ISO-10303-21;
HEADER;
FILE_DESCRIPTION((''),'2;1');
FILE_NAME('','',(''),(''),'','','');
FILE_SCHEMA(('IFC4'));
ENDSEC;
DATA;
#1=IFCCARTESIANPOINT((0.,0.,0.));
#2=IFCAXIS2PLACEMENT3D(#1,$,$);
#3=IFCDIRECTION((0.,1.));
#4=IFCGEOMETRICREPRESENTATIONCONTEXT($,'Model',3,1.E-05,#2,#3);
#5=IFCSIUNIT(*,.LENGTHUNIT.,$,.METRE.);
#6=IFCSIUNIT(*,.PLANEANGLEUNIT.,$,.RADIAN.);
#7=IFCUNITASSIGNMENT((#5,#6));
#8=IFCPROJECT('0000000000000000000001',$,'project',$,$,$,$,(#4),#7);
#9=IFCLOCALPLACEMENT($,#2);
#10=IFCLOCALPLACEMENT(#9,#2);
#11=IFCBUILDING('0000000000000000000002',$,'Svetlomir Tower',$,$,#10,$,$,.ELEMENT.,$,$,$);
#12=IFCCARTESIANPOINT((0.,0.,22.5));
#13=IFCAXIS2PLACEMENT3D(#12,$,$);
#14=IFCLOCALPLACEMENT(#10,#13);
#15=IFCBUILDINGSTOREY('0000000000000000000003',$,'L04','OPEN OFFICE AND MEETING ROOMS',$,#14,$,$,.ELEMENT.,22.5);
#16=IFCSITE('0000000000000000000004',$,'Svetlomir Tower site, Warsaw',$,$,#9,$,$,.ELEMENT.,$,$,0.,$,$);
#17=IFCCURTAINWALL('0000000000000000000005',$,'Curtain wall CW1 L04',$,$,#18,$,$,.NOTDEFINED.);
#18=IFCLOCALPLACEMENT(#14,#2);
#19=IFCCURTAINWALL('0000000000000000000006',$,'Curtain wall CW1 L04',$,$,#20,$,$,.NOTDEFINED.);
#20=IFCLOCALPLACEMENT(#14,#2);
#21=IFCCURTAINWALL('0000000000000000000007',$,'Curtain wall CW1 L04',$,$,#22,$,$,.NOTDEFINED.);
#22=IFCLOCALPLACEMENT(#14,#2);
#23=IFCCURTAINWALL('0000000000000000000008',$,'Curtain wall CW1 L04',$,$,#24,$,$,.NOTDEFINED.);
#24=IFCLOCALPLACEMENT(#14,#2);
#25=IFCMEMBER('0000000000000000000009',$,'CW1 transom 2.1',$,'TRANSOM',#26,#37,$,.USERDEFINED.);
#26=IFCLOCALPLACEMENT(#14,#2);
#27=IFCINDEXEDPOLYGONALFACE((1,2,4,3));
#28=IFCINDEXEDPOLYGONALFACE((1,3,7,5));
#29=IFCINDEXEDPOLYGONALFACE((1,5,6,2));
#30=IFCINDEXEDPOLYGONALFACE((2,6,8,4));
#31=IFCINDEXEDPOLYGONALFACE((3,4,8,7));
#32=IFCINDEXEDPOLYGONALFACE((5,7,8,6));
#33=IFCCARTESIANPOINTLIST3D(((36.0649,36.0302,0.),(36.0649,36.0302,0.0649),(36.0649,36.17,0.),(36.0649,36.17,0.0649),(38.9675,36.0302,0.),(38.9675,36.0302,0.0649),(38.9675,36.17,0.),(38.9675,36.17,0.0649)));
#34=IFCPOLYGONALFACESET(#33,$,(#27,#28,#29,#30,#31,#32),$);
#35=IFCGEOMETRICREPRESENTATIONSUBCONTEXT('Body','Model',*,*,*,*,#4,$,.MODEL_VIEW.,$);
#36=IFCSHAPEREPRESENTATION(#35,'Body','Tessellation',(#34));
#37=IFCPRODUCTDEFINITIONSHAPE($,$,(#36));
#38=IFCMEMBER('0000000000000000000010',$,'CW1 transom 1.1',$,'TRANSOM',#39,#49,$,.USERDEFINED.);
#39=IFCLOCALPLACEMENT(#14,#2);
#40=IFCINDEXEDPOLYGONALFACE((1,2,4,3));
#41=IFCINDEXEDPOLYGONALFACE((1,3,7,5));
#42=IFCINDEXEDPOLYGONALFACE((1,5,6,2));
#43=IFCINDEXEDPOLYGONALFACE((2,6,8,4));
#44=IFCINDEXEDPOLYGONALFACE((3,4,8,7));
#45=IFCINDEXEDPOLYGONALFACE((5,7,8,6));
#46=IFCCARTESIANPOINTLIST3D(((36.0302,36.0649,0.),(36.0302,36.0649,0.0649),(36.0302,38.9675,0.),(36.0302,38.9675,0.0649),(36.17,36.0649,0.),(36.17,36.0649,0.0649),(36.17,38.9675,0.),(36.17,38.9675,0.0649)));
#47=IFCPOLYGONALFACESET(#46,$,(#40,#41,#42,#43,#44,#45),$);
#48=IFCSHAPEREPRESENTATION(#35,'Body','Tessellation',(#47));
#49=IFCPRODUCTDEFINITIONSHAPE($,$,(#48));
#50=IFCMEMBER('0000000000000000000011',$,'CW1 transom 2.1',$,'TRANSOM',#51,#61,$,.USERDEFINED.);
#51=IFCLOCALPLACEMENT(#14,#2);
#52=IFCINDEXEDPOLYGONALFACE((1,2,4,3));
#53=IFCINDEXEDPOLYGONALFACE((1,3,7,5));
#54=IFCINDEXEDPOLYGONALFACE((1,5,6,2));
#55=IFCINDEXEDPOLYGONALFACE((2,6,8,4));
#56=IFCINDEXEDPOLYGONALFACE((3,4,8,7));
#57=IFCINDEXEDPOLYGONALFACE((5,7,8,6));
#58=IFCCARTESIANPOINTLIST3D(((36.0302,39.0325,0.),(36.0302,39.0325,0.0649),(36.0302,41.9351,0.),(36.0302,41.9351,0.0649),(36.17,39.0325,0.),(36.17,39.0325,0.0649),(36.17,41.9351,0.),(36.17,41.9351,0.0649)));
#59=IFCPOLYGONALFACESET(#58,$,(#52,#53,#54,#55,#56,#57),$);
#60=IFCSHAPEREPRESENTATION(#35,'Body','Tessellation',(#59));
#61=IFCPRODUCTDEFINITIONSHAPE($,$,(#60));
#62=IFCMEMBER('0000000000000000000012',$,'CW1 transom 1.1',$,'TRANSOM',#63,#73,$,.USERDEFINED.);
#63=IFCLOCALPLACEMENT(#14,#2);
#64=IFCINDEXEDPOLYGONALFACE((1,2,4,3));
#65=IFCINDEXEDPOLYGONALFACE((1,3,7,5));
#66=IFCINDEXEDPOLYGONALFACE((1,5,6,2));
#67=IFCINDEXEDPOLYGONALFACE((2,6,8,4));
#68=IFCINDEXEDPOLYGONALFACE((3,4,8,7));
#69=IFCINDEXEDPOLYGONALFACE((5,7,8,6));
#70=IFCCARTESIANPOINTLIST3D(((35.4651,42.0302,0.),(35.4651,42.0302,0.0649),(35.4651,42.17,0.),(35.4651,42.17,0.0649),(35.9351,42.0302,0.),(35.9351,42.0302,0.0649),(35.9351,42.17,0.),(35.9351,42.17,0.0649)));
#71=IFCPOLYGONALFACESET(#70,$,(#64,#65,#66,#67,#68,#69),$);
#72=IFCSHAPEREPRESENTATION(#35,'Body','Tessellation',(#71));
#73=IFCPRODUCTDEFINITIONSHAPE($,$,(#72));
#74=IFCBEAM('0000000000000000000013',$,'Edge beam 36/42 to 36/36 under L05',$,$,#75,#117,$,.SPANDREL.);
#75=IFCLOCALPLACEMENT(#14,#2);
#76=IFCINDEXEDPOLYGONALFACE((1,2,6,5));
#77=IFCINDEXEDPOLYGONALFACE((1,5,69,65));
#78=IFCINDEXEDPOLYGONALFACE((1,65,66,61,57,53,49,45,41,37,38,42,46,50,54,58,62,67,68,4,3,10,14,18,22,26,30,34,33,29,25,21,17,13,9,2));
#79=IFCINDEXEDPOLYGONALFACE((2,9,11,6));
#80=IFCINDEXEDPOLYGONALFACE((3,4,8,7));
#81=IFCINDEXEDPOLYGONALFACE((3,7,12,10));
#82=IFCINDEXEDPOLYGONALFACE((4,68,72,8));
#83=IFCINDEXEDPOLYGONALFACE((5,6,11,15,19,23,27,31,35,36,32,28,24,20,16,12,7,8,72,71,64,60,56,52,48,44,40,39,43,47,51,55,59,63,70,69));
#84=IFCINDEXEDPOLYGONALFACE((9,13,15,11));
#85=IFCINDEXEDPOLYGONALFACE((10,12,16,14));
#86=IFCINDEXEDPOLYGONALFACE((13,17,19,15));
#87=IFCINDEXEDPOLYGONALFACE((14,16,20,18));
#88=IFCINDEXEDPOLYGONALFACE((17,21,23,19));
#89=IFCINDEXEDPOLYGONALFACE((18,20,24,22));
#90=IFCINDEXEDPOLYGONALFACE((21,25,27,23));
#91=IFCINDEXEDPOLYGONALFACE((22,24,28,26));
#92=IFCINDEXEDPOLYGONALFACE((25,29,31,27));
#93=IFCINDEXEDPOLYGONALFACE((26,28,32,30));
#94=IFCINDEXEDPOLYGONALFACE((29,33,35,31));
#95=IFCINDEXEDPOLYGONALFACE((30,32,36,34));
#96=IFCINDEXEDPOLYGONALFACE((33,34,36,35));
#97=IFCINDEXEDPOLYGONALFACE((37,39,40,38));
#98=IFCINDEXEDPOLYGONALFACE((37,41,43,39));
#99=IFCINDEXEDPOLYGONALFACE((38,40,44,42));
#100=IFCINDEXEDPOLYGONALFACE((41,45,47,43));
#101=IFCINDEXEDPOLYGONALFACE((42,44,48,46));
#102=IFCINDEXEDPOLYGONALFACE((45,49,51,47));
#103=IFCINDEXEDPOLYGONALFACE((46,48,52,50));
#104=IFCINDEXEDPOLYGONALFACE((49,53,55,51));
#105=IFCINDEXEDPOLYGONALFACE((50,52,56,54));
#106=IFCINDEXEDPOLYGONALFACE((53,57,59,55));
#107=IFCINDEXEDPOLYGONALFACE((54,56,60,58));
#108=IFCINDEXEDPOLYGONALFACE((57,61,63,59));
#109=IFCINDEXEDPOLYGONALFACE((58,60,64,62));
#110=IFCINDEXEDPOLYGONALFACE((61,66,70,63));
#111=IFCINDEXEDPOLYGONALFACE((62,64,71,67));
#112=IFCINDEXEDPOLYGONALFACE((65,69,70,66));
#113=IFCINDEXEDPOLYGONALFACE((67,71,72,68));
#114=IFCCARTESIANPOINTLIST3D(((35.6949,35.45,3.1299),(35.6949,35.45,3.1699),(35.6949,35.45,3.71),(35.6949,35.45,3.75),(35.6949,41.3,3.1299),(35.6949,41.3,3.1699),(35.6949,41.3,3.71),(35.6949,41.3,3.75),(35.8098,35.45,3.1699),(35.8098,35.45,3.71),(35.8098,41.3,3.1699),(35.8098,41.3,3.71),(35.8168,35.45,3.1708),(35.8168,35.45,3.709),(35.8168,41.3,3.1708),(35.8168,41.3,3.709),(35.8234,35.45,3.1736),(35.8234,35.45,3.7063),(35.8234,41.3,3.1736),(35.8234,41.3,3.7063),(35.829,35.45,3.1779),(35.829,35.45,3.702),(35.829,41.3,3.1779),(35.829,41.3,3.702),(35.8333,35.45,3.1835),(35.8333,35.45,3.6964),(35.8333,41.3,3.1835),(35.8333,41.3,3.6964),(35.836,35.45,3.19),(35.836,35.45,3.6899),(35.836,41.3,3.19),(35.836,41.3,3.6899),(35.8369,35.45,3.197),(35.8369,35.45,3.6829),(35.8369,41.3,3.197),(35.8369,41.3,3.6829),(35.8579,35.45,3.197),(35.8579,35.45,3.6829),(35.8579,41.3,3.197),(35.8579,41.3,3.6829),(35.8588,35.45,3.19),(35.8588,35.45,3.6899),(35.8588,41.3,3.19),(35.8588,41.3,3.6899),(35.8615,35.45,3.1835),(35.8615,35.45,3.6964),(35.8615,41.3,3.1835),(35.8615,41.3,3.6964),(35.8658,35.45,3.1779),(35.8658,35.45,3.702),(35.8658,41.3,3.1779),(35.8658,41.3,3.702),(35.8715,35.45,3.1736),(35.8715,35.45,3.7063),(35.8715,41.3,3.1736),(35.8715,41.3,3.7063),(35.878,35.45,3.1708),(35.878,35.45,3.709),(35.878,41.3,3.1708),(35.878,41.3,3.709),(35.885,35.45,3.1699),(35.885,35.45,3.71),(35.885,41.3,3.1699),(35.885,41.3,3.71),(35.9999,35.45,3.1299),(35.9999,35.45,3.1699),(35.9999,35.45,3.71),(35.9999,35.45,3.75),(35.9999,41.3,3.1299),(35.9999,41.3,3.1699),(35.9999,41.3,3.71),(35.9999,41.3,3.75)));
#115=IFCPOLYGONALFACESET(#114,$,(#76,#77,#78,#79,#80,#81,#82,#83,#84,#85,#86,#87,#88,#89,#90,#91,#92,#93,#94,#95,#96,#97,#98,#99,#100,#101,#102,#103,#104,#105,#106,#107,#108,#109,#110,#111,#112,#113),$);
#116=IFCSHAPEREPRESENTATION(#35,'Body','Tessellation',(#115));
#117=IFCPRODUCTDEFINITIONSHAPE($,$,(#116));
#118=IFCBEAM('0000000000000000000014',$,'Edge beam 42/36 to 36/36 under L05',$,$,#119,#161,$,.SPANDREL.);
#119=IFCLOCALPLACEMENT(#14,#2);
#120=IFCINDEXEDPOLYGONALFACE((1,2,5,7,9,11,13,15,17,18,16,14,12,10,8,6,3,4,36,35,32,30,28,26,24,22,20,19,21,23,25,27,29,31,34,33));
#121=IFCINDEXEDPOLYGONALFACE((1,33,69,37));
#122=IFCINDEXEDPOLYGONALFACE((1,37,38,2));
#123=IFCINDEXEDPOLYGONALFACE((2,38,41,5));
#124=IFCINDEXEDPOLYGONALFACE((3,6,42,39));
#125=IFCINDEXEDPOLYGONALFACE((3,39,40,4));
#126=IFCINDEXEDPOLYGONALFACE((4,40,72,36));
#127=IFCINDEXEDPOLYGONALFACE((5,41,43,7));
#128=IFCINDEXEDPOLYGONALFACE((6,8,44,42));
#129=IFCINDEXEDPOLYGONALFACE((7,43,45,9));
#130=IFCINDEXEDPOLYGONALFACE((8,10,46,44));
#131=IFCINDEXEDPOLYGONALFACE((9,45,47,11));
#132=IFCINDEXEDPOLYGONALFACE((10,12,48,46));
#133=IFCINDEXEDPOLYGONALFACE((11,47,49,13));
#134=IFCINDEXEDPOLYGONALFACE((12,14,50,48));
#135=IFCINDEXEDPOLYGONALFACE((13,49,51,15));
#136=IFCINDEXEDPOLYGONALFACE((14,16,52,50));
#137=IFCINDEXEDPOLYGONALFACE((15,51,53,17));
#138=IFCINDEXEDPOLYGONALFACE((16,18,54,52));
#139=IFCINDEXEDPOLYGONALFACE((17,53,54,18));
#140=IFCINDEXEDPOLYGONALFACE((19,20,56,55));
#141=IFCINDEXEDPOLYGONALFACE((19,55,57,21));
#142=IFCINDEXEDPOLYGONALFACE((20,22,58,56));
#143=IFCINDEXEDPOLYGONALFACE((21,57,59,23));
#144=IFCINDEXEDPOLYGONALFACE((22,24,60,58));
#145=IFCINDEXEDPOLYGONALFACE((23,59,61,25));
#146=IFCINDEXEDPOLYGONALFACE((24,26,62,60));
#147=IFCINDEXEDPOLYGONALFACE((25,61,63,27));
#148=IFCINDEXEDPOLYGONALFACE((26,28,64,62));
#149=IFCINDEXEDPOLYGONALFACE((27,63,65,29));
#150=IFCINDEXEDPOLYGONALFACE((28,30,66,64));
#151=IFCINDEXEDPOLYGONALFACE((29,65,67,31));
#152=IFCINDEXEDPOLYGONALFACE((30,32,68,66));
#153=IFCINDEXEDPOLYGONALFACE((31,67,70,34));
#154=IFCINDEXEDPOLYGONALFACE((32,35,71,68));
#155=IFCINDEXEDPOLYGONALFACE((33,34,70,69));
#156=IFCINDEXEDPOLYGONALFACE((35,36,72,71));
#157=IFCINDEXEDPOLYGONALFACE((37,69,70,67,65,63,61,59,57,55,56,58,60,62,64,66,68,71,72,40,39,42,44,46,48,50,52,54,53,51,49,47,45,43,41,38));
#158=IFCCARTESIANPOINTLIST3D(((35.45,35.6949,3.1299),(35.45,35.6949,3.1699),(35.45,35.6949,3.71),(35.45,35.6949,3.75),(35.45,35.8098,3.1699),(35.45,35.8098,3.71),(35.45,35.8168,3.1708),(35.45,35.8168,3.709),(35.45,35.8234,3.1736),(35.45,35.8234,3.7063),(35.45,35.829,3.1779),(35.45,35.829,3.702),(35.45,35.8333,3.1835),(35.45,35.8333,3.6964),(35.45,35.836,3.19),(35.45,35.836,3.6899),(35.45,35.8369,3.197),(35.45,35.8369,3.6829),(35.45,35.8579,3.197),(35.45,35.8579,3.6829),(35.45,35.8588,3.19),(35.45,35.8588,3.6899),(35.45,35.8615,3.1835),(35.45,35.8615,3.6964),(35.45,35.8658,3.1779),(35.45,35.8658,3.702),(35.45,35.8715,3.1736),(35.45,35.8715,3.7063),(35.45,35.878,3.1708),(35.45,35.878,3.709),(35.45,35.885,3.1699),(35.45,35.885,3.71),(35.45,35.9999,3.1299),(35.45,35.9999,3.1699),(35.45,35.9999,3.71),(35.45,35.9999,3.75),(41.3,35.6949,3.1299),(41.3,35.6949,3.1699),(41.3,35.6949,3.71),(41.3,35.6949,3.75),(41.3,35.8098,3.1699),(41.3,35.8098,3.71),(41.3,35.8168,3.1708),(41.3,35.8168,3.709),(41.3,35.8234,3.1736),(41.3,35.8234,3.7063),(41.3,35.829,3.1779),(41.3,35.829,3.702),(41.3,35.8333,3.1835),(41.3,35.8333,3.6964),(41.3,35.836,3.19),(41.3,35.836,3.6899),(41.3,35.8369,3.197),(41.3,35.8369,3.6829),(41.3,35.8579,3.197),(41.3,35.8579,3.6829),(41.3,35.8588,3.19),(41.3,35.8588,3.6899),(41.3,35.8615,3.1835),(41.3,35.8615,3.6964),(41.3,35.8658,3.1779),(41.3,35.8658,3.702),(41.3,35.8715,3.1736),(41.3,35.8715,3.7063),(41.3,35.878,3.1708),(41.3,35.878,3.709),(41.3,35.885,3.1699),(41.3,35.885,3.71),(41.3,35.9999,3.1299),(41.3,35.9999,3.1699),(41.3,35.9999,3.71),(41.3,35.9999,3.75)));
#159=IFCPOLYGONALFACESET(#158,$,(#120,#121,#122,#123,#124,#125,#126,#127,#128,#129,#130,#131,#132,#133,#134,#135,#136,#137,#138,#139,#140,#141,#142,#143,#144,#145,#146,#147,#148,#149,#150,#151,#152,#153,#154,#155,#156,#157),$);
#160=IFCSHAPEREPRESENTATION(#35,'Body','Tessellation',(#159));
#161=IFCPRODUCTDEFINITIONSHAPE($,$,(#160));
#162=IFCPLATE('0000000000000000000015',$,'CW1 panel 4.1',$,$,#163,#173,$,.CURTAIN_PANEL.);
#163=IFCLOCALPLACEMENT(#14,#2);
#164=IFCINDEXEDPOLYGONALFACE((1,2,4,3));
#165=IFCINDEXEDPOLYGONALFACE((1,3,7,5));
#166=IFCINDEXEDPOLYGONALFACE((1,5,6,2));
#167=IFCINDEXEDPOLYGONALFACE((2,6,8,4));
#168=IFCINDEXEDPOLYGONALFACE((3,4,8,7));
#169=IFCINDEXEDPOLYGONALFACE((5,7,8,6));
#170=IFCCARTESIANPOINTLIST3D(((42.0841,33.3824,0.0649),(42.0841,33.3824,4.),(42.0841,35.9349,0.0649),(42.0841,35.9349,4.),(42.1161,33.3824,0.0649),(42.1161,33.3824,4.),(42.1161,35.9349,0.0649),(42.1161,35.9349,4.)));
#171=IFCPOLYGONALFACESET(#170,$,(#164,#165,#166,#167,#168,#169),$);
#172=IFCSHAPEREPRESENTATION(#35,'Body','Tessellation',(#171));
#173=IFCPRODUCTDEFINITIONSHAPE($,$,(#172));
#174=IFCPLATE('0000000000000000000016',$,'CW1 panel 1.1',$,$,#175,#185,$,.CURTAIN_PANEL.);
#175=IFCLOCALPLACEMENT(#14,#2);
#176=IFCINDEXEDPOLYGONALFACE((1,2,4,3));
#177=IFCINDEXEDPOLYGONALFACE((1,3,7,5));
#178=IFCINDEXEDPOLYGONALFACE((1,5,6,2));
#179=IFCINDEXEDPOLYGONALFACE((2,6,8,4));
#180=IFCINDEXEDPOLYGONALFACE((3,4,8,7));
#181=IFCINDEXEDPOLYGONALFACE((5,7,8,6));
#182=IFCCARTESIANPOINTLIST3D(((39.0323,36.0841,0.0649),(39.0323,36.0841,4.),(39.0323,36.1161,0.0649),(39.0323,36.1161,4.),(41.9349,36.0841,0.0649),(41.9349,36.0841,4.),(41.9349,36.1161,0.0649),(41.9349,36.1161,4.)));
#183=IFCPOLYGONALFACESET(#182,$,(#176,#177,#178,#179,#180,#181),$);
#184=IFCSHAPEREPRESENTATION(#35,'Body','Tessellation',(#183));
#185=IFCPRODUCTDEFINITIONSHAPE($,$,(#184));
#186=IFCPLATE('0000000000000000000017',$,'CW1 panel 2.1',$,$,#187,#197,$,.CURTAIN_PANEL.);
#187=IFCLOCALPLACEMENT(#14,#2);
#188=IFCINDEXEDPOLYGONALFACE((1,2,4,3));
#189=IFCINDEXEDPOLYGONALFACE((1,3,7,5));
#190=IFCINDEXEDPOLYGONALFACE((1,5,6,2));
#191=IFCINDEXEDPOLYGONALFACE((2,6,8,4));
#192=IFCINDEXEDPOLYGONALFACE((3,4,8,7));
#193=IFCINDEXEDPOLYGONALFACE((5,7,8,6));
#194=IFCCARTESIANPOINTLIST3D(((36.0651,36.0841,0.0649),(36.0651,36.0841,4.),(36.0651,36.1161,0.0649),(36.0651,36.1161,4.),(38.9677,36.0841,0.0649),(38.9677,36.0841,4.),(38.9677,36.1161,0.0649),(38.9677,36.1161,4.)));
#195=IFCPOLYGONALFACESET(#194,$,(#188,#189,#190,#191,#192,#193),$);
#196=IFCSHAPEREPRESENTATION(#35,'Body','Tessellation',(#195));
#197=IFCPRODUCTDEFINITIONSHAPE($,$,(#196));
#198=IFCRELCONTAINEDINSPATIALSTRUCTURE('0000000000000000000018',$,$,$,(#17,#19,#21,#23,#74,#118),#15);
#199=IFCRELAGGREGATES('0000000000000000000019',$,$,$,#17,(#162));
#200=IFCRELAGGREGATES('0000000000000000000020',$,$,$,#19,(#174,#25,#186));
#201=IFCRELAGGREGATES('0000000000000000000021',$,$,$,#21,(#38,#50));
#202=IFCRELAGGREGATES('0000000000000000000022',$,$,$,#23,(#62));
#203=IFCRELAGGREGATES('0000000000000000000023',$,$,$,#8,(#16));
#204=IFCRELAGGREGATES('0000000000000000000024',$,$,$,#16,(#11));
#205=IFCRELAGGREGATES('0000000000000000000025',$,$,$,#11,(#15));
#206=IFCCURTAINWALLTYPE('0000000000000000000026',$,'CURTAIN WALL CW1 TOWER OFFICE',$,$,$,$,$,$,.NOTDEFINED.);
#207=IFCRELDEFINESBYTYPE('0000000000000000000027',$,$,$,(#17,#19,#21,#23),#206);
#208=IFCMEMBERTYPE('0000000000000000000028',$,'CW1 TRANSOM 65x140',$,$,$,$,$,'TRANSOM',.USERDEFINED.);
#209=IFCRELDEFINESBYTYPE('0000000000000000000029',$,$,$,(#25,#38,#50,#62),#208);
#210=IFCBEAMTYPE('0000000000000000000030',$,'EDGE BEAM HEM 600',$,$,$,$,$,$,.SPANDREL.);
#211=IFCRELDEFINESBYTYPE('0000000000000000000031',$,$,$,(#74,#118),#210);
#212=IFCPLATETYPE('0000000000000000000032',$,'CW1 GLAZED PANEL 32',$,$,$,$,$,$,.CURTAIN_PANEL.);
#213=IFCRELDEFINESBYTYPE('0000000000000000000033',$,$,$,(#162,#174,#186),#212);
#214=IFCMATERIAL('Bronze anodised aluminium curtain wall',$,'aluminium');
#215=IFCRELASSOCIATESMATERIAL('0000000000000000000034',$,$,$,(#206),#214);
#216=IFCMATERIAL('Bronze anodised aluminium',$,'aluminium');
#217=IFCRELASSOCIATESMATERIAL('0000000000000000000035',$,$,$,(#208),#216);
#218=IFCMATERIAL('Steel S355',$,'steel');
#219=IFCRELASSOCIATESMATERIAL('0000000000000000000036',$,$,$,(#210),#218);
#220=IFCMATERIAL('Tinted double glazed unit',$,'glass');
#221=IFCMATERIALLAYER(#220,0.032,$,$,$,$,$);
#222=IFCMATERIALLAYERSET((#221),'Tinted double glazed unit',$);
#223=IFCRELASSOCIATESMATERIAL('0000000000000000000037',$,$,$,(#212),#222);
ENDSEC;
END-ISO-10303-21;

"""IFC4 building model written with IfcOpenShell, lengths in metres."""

from ifc_helpers import new_model, si_unit, direction, frame, origin, origin_2d, place, context, subcontext, project, spatial, rectangle, i_section, extrude, material, layer, layer_set, material_profile, profile_set, type_object, element, aggregate, save


model = new_model("IFC4")

# Units and contexts
model_context = context("Model", 3, precision=1e-05, world=origin(), true_north=direction((0.0, 1.0)))
body_context = subcontext(model_context, "Body", "Model", "MODEL_VIEW")
ifc_project = project(units=[si_unit("LENGTHUNIT", "METRE"), si_unit("PLANEANGLEUNIT", "RADIAN")], contexts=[model_context])

# Site, building, storey
site_placement = place(None, origin())
site = spatial("IfcSite", under=ifc_project, at=site_placement, Name="Svetlomir Tower site, Warsaw", CompositionType="ELEMENT", RefElevation=0.0)
building_placement = place(site_placement, origin())
building = spatial("IfcBuilding", under=site, at=building_placement, Name="Svetlomir Tower", CompositionType="ELEMENT")
storey_placement = place(building_placement, frame((0.0, 0.0, 22.5)))
storey = spatial("IfcBuildingStorey", under=building, at=storey_placement, Name="L04", Description="OPEN OFFICE AND MEETING ROOMS", CompositionType="ELEMENT", Elevation=22.5)

# Curtain wall
ifc_material_1 = material(Name="Bronze anodised aluminium curtain wall", Category="aluminium")
curtain_wall_type = type_object("IfcCurtainWallType", Name="CURTAIN WALL CW1 TOWER OFFICE", PredefinedType="NOTDEFINED", material=ifc_material_1)
curtain_wall_1_placement = place(storey_placement, origin())
curtain_wall_1 = element("IfcCurtainWall", 1, at=curtain_wall_1_placement, inside=storey, type_object=curtain_wall_type, Name="Curtain wall CW1 L04", PredefinedType="NOTDEFINED")

# Curtain walls
curtain_wall_2_placement = place(storey_placement, origin())
curtain_wall_2 = element("IfcCurtainWall", 2, at=curtain_wall_2_placement, inside=storey, type_object=curtain_wall_type, Name="Curtain wall CW1 L04", PredefinedType="NOTDEFINED")
curtain_wall_3_placement = place(storey_placement, origin())
curtain_wall_3 = element("IfcCurtainWall", 3, at=curtain_wall_3_placement, inside=storey, type_object=curtain_wall_type, Name="Curtain wall CW1 L04", PredefinedType="NOTDEFINED")
curtain_wall_4_placement = place(storey_placement, origin())
curtain_wall_4 = element("IfcCurtainWall", 4, at=curtain_wall_4_placement, inside=storey, type_object=curtain_wall_type, Name="Curtain wall CW1 L04", PredefinedType="NOTDEFINED")

# Members
ifc_material_2 = material(Name="Bronze anodised aluminium", Category="aluminium")
ifc_material_profile_1 = material_profile(ifc_material_2, rectangle(XDim=0.1399, YDim=0.0649, at=origin_2d()), Name="AL 140x65")
ifc_profile_set_1 = profile_set([ifc_material_profile_1], Name="Bronze anodised aluminium 6063-T6")
member_type_1 = type_object("IfcMemberType", Name="CW1 TRANSOM 65x140", ElementType="TRANSOM", PredefinedType="USERDEFINED", material=ifc_profile_set_1)
member_1_placement = place(storey_placement, frame((38.9675, 36.1001, 0.0325), z_axis=(-1.0, 0.0, 0.0), x_axis=(0.0, -1.0, 0.0)))
member_1 = element("IfcMember", 5, at=member_1_placement, type_object=member_type_1, Name="CW1 transom 2.1", ObjectType="TRANSOM", PredefinedType="USERDEFINED", context=body_context, shape_type="SweptSolid", body=[
    extrude(rectangle(XDim=0.1399, YDim=0.0649, at=origin_2d()), origin(), (0.0, 0.0, 1.0), 2.9026),
])
member_2_placement = place(storey_placement, frame((36.1001, 36.0649, 0.0325), z_axis=(0.0, 1.0, 0.0), x_axis=(-1.0, 0.0, 0.0)))
member_2 = element("IfcMember", 6, at=member_2_placement, type_object=member_type_1, Name="CW1 transom 1.1", ObjectType="TRANSOM", PredefinedType="USERDEFINED", context=body_context, shape_type="SweptSolid", body=[
    extrude(rectangle(XDim=0.1399, YDim=0.0649, at=origin_2d()), origin(), (0.0, 0.0, 1.0), 2.9026),
])
member_3_placement = place(storey_placement, frame((36.1001, 39.0325, 0.0325), z_axis=(0.0, 1.0, 0.0), x_axis=(-1.0, 0.0, 0.0)))
member_3 = element("IfcMember", 7, at=member_3_placement, type_object=member_type_1, Name="CW1 transom 2.1", ObjectType="TRANSOM", PredefinedType="USERDEFINED", context=body_context, shape_type="SweptSolid", body=[
    extrude(rectangle(XDim=0.1399, YDim=0.0649, at=origin_2d()), origin(), (0.0, 0.0, 1.0), 2.9026),
])
member_4_placement = place(storey_placement, frame((35.9351, 42.1001, 0.0325), z_axis=(-1.0, 0.0, 0.0), x_axis=(0.0, -1.0, 0.0)))
member_4 = element("IfcMember", 8, at=member_4_placement, type_object=member_type_1, Name="CW1 transom 1.1", ObjectType="TRANSOM", PredefinedType="USERDEFINED", context=body_context, shape_type="SweptSolid", body=[
    extrude(rectangle(XDim=0.1399, YDim=0.0649, at=origin_2d()), origin(), (0.0, 0.0, 1.0), 0.47),
])

# Beams
ifc_material_3 = material(Name="Steel S355", Category="steel")
ifc_material_profile_2 = material_profile(ifc_material_3, i_section(OverallWidth=0.3049, OverallDepth=0.6201, WebThickness=0.021, FlangeThickness=0.04, FilletRadius=0.0271, at=origin_2d()), Name="HEM 600")
ifc_profile_set_2 = profile_set([ifc_material_profile_2], Name="Steel S355")
beam_type_1 = type_object("IfcBeamType", Name="EDGE BEAM HEM 600", PredefinedType="SPANDREL", material=ifc_profile_set_2)
for number, where, z_axis, x_axis, name in (
    (9, (35.8474, 41.3, 3.4399), (0.0, -1.0, 0.0), (1.0, 0.0, 0.0), "Edge beam 36/42 to 36/36 under L05"),
    (10, (41.3, 35.8474, 3.4399), (-1.0, 0.0, 0.0), (0.0, -1.0, 0.0), "Edge beam 42/36 to 36/36 under L05"),
):
    element("IfcBeam", number, at=place(storey_placement, frame(where, z_axis=z_axis, x_axis=x_axis)), inside=storey, type_object=beam_type_1, Name=name, PredefinedType="SPANDREL", context=body_context, shape_type="SweptSolid", body=[
        extrude(i_section(OverallWidth=0.3049, OverallDepth=0.6201, WebThickness=0.021, FlangeThickness=0.04, FilletRadius=0.0271, at=origin_2d()), origin(), (0.0, 0.0, 1.0), 5.8501),
    ])

# Plates
ifc_material_4 = material(Name="Tinted double glazed unit", Category="glass")
ifc_layer_1 = layer(ifc_material_4, 0.032)
ifc_layer_set_1 = layer_set([ifc_layer_1], Name="Tinted double glazed unit")
plate_type = type_object("IfcPlateType", Name="CW1 GLAZED PANEL 32", PredefinedType="CURTAIN_PANEL", material=ifc_layer_set_1)
plate_1_placement = place(storey_placement, frame((42.1001, 34.6587, 0.0649), z_axis=(0.0, 0.0, 1.0), x_axis=(0.0, 1.0, 0.0)))
plate_1 = element("IfcPlate", 11, at=plate_1_placement, type_object=plate_type, Name="CW1 panel 4.1", PredefinedType="CURTAIN_PANEL", context=body_context, shape_type="SweptSolid", body=[
    extrude(rectangle(XDim=2.5525, YDim=0.032, at=origin_2d()), origin(), (0.0, 0.0, 1.0), 3.9351),
])
aggregate(curtain_wall_1, [plate_1])
plate_2_placement = place(storey_placement, frame((40.4836, 36.1001, 0.0649), z_axis=(0.0, 0.0, 1.0), x_axis=(-1.0, 0.0, 0.0)))
plate_2 = element("IfcPlate", 12, at=plate_2_placement, type_object=plate_type, Name="CW1 panel 1.1", PredefinedType="CURTAIN_PANEL", context=body_context, shape_type="SweptSolid", body=[
    extrude(rectangle(XDim=2.9026, YDim=0.032, at=origin_2d()), origin(), (0.0, 0.0, 1.0), 3.9351),
])
plate_3_placement = place(storey_placement, frame((37.5164, 36.1001, 0.0649), z_axis=(0.0, 0.0, 1.0), x_axis=(-1.0, 0.0, 0.0)))
plate_3 = element("IfcPlate", 13, at=plate_3_placement, type_object=plate_type, Name="CW1 panel 2.1", PredefinedType="CURTAIN_PANEL", context=body_context, shape_type="SweptSolid", body=[
    extrude(rectangle(XDim=2.9026, YDim=0.032, at=origin_2d()), origin(), (0.0, 0.0, 1.0), 3.9351),
])
aggregate(curtain_wall_2, [plate_2, member_1, plate_3])
aggregate(curtain_wall_3, [member_2, member_3])
aggregate(curtain_wall_4, [member_4])

save(model, "model.ifc")
